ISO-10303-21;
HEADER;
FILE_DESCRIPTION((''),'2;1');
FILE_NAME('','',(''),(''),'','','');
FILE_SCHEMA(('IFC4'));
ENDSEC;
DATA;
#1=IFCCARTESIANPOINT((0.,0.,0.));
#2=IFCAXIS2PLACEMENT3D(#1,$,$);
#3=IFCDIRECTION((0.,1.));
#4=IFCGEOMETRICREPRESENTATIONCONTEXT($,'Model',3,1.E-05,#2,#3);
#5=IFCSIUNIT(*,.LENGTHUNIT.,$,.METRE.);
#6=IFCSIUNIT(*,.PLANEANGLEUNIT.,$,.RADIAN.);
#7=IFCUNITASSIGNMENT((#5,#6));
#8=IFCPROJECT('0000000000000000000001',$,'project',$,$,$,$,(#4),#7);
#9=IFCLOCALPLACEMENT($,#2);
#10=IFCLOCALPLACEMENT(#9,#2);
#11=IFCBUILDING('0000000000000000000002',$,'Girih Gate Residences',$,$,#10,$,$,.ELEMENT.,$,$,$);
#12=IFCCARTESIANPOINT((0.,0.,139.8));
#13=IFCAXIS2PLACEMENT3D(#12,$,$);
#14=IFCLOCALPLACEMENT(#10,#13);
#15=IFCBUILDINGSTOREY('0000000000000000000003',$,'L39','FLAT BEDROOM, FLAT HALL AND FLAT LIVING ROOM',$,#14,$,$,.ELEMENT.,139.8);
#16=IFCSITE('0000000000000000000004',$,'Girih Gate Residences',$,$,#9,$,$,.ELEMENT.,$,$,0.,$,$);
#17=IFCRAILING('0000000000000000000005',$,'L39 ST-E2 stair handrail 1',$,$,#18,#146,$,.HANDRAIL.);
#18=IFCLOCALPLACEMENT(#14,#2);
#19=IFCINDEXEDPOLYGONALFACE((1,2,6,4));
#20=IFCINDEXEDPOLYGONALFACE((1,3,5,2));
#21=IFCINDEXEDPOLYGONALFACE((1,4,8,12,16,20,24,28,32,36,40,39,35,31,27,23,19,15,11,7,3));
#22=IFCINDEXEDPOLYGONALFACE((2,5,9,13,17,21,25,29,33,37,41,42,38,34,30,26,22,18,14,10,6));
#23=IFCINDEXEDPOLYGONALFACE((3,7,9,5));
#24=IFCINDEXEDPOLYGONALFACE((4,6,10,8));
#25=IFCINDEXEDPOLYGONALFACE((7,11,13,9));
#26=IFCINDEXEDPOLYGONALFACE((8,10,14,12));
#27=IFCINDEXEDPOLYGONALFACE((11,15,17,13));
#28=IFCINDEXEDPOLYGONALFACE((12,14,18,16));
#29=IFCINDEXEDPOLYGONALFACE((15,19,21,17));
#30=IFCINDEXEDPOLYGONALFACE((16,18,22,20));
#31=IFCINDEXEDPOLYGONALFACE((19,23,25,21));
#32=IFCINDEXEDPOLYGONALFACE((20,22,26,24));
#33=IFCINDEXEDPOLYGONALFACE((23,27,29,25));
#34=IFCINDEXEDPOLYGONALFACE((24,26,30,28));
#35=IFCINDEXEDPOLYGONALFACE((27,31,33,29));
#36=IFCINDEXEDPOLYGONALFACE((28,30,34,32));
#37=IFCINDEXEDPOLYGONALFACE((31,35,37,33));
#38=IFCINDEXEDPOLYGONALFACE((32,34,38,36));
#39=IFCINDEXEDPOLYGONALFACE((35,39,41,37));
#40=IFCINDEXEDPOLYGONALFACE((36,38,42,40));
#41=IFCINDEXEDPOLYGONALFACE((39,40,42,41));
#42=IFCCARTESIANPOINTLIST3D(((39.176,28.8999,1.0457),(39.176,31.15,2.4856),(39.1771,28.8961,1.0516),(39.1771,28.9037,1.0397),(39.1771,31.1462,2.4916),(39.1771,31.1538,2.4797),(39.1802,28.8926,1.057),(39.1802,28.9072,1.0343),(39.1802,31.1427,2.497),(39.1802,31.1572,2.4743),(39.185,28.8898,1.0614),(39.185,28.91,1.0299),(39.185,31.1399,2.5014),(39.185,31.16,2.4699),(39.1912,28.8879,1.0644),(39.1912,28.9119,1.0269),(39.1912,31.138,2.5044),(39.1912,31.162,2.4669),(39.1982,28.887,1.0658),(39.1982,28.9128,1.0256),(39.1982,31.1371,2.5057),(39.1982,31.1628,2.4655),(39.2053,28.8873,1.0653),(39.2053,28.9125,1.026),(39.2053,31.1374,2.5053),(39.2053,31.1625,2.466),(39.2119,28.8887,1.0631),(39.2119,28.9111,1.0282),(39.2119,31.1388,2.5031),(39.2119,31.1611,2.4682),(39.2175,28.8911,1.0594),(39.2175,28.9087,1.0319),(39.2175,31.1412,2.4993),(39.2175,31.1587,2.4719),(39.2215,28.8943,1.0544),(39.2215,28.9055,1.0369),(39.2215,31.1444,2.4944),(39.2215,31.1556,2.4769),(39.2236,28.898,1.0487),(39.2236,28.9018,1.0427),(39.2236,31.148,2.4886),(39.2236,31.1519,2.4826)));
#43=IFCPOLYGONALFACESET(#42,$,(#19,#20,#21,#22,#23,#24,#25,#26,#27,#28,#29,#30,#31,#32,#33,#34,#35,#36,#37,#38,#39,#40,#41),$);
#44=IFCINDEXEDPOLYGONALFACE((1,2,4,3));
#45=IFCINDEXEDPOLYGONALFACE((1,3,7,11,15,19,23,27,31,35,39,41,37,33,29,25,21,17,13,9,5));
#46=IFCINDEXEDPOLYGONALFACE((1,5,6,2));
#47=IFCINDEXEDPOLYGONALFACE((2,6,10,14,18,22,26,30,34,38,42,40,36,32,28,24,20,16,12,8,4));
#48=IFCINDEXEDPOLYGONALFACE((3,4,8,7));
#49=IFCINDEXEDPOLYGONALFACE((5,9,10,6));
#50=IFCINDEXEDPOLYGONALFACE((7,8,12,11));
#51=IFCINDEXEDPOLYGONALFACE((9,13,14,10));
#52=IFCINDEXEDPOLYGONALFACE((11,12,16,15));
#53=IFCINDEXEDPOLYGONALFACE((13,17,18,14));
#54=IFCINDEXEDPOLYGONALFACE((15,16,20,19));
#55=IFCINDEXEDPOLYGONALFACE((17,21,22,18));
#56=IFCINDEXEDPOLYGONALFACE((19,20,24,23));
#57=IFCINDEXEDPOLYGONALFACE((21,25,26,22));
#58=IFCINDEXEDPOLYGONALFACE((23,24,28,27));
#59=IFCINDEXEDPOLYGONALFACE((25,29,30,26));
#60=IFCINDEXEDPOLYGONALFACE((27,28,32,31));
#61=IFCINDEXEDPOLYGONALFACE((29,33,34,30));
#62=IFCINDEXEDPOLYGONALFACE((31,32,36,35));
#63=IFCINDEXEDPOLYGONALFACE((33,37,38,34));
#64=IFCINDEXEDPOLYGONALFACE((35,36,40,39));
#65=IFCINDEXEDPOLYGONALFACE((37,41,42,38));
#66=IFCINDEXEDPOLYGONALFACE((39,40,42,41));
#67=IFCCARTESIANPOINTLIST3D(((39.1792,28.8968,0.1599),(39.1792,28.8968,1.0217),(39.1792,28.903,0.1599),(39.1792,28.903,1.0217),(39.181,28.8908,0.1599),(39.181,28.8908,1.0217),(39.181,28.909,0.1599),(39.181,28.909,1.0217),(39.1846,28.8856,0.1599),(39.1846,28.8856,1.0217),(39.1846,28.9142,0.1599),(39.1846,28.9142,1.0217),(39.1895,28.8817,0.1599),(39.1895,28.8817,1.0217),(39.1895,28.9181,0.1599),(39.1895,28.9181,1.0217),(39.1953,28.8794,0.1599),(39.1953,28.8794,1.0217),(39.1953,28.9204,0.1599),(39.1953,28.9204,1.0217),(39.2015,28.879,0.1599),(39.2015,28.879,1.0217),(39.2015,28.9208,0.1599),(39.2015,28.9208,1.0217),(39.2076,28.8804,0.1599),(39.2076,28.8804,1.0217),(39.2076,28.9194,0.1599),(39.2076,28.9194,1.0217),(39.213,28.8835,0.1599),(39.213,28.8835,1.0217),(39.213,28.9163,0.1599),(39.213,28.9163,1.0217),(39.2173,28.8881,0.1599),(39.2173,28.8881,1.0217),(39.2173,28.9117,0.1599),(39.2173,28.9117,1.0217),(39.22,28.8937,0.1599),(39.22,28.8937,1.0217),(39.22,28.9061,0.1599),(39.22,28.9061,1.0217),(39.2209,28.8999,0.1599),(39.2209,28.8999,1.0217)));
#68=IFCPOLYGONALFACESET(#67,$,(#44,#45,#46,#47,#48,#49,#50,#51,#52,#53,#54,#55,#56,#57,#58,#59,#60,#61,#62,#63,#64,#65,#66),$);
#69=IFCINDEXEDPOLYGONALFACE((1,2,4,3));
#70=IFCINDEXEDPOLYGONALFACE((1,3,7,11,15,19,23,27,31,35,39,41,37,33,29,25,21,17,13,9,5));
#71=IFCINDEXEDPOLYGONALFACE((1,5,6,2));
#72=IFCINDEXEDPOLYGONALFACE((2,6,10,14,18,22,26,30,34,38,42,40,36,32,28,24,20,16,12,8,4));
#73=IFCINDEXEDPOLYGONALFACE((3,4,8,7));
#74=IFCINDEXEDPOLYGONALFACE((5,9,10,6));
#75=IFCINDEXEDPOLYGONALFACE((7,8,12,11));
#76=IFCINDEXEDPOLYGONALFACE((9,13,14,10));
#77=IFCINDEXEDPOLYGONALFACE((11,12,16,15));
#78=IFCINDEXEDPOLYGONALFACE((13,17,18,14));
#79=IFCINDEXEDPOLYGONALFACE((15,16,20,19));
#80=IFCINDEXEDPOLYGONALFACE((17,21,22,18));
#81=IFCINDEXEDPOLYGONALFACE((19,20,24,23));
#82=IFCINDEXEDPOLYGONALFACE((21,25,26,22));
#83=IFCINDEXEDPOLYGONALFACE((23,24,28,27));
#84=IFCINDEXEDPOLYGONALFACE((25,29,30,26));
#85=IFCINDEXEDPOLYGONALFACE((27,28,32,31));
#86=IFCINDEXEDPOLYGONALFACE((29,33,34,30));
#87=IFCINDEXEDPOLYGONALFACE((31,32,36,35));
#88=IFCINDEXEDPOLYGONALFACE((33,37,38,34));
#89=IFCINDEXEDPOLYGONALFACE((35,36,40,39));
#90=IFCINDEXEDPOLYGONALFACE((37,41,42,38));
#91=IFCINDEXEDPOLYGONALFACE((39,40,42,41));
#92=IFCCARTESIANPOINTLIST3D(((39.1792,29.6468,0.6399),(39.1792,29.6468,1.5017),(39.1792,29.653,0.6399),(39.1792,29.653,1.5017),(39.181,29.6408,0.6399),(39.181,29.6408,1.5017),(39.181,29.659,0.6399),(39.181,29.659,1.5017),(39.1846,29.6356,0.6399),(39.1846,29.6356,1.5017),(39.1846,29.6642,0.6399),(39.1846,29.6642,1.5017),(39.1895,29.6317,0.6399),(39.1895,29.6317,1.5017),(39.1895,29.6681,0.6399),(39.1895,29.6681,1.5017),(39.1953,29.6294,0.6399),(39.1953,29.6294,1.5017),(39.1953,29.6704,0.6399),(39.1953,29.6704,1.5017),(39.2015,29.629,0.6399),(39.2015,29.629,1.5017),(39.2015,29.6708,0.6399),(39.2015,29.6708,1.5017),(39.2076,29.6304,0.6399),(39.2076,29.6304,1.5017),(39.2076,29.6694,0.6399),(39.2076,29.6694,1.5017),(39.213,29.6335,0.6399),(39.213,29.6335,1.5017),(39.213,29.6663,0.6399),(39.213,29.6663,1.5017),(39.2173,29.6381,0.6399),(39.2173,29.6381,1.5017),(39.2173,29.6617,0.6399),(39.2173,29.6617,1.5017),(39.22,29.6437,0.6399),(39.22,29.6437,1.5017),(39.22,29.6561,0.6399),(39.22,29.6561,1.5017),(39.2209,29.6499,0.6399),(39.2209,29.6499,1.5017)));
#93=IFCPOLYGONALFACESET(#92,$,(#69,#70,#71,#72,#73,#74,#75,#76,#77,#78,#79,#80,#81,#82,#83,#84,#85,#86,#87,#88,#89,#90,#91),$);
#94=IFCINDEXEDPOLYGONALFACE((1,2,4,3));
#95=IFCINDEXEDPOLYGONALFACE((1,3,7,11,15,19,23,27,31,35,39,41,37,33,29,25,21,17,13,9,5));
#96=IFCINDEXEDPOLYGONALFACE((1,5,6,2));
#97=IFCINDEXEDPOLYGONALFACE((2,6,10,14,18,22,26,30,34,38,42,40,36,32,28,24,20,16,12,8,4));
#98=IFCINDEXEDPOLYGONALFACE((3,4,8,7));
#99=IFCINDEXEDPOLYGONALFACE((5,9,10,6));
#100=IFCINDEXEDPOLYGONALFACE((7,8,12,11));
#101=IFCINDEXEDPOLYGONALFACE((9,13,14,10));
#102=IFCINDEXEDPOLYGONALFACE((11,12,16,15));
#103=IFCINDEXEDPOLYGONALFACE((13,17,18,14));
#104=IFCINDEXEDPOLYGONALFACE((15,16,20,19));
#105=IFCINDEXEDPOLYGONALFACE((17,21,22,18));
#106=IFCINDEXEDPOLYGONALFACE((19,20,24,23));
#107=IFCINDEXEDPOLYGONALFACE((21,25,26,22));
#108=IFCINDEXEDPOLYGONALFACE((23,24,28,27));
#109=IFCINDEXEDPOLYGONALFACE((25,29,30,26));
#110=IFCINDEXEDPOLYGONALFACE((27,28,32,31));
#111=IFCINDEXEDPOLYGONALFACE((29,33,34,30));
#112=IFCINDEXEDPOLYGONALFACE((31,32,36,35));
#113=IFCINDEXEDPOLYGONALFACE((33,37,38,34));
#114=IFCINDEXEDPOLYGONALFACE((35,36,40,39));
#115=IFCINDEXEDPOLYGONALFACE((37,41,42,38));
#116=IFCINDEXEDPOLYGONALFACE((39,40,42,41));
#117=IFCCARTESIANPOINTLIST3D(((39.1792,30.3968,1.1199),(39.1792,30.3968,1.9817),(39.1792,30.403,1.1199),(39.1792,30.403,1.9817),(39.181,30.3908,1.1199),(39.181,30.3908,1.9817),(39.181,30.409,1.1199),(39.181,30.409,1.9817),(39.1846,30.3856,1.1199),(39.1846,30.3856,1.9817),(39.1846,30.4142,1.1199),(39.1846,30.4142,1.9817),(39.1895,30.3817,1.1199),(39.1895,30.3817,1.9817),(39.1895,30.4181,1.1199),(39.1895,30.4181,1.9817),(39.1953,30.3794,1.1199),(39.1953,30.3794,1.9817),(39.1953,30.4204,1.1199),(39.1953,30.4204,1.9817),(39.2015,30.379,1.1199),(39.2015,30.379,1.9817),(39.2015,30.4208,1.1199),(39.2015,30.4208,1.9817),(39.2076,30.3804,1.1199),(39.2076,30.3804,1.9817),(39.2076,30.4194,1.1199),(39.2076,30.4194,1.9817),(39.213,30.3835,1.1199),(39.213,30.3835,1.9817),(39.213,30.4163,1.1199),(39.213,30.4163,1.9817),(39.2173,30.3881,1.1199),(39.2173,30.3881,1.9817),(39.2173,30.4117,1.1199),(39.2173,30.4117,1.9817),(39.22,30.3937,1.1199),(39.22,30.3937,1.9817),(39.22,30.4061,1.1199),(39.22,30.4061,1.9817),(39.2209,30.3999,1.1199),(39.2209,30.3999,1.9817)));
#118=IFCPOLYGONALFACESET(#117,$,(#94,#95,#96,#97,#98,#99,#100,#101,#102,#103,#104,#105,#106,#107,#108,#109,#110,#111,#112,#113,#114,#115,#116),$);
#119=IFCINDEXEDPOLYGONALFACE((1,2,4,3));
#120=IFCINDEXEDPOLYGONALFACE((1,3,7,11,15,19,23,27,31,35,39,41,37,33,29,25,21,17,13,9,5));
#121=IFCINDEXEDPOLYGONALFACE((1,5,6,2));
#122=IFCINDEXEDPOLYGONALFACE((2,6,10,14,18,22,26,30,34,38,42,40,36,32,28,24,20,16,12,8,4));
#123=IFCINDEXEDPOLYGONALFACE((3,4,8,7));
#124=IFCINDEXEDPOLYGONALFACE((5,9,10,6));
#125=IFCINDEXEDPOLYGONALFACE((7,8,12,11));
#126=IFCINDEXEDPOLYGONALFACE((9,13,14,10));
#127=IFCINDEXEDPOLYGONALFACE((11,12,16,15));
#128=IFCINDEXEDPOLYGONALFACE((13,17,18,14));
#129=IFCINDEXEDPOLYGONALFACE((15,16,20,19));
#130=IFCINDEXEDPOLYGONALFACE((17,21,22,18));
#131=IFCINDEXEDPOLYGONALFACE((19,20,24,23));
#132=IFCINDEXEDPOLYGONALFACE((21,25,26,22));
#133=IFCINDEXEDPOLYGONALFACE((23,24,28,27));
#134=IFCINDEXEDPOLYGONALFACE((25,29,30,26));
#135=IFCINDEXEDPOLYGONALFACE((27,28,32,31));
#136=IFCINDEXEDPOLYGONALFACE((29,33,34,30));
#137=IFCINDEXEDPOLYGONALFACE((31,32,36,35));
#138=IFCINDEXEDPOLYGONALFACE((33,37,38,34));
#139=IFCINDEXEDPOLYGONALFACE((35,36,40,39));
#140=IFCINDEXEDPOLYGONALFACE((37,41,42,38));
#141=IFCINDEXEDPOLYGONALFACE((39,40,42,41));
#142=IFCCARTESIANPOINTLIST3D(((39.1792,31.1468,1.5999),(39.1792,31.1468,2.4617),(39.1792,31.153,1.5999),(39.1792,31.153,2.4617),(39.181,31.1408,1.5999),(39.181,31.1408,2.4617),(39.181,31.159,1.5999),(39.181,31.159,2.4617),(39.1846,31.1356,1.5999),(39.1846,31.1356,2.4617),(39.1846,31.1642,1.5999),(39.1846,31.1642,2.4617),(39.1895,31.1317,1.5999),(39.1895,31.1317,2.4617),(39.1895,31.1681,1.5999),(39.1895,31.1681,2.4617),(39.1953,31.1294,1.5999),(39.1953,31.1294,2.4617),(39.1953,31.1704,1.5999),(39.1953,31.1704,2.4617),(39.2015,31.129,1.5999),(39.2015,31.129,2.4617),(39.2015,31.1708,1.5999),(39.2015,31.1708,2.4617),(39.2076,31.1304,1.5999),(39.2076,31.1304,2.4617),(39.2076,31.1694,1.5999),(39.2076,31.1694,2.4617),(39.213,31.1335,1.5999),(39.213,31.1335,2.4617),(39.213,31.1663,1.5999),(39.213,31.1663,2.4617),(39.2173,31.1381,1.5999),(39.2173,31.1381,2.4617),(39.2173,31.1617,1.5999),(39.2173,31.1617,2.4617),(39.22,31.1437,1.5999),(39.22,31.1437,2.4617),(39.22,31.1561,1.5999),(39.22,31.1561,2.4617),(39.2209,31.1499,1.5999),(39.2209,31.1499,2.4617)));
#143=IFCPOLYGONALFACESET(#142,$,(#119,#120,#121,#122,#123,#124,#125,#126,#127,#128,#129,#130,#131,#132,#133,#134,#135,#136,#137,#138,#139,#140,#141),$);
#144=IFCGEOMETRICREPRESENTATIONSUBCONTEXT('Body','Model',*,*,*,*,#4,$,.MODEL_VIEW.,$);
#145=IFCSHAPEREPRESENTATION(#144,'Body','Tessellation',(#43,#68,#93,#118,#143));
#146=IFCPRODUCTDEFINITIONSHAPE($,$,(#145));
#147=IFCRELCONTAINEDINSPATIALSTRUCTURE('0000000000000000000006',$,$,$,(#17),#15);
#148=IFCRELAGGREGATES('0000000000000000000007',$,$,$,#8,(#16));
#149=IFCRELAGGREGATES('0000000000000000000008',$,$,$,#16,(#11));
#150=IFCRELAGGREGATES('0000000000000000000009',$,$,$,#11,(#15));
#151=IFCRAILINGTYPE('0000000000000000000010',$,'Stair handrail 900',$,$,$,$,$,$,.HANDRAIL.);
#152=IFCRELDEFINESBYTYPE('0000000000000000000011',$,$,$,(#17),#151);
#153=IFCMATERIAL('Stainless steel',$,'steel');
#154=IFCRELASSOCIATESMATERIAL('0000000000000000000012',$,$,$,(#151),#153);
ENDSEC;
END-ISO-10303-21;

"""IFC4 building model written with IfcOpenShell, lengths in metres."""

from ifc_helpers import new_model, si_unit, direction, frame, origin, origin_2d, place, context, subcontext, project, spatial, circle, extrude, material, type_object, element, save


model = new_model("IFC4")

# Units and contexts
model_context = context("Model", 3, precision=1e-05, world=origin(), true_north=direction((0.0, 1.0)))
body_context = subcontext(model_context, "Body", "Model", "MODEL_VIEW")
ifc_project = project(units=[si_unit("LENGTHUNIT", "METRE"), si_unit("PLANEANGLEUNIT", "RADIAN")], contexts=[model_context])

# Site, building, storey
site_placement = place(None, origin())
site = spatial("IfcSite", under=ifc_project, at=site_placement, Name="Girih Gate Residences", CompositionType="ELEMENT", RefElevation=0.0)
building_placement = place(site_placement, origin())
building = spatial("IfcBuilding", under=site, at=building_placement, Name="Girih Gate Residences", CompositionType="ELEMENT")
storey_placement = place(building_placement, frame((0.0, 0.0, 139.8)))
storey = spatial("IfcBuildingStorey", under=building, at=storey_placement, Name="L39", Description="FLAT BEDROOM, FLAT HALL AND FLAT LIVING ROOM", CompositionType="ELEMENT", Elevation=139.8)

# Railing
ifc_material_1 = material(Name="Stainless steel", Category="steel")
railing_type_1 = type_object("IfcRailingType", Name="Stair handrail 900", PredefinedType="HANDRAIL", material=ifc_material_1)
railing_1_placement = place(storey_placement, frame((39.2, 28.8999, 0.1599)))
element("IfcRailing", 1, at=railing_1_placement, inside=storey, type_object=railing_type_1, Name="L39 ST-E2 stair handrail 1", PredefinedType="HANDRAIL", context=body_context, shape_type="SweptSolid", body=[
    extrude(circle(Radius=0.0239, at=origin_2d()), frame((0.0, 0.0, 0.8857), z_axis=(0.0, 0.842281, 0.539038), x_axis=(-1.0, 0.0, 0.0)), (0.0, 0.0, 1.0), 2.6714),
    extrude(circle(Radius=0.021, at=origin_2d()), origin(), (0.0, 0.0, 1.0), 0.8618),
    extrude(circle(Radius=0.021, at=origin_2d()), frame((0.0, 0.75, 0.48)), (0.0, 0.0, 1.0), 0.8618),
    extrude(circle(Radius=0.021, at=origin_2d()), frame((0.0, 1.5, 0.96)), (0.0, 0.0, 1.0), 0.8618),
    extrude(circle(Radius=0.021, at=origin_2d()), frame((0.0, 2.25, 1.4399)), (0.0, 0.0, 1.0), 0.8618),
])

save(model, "model.ifc")
